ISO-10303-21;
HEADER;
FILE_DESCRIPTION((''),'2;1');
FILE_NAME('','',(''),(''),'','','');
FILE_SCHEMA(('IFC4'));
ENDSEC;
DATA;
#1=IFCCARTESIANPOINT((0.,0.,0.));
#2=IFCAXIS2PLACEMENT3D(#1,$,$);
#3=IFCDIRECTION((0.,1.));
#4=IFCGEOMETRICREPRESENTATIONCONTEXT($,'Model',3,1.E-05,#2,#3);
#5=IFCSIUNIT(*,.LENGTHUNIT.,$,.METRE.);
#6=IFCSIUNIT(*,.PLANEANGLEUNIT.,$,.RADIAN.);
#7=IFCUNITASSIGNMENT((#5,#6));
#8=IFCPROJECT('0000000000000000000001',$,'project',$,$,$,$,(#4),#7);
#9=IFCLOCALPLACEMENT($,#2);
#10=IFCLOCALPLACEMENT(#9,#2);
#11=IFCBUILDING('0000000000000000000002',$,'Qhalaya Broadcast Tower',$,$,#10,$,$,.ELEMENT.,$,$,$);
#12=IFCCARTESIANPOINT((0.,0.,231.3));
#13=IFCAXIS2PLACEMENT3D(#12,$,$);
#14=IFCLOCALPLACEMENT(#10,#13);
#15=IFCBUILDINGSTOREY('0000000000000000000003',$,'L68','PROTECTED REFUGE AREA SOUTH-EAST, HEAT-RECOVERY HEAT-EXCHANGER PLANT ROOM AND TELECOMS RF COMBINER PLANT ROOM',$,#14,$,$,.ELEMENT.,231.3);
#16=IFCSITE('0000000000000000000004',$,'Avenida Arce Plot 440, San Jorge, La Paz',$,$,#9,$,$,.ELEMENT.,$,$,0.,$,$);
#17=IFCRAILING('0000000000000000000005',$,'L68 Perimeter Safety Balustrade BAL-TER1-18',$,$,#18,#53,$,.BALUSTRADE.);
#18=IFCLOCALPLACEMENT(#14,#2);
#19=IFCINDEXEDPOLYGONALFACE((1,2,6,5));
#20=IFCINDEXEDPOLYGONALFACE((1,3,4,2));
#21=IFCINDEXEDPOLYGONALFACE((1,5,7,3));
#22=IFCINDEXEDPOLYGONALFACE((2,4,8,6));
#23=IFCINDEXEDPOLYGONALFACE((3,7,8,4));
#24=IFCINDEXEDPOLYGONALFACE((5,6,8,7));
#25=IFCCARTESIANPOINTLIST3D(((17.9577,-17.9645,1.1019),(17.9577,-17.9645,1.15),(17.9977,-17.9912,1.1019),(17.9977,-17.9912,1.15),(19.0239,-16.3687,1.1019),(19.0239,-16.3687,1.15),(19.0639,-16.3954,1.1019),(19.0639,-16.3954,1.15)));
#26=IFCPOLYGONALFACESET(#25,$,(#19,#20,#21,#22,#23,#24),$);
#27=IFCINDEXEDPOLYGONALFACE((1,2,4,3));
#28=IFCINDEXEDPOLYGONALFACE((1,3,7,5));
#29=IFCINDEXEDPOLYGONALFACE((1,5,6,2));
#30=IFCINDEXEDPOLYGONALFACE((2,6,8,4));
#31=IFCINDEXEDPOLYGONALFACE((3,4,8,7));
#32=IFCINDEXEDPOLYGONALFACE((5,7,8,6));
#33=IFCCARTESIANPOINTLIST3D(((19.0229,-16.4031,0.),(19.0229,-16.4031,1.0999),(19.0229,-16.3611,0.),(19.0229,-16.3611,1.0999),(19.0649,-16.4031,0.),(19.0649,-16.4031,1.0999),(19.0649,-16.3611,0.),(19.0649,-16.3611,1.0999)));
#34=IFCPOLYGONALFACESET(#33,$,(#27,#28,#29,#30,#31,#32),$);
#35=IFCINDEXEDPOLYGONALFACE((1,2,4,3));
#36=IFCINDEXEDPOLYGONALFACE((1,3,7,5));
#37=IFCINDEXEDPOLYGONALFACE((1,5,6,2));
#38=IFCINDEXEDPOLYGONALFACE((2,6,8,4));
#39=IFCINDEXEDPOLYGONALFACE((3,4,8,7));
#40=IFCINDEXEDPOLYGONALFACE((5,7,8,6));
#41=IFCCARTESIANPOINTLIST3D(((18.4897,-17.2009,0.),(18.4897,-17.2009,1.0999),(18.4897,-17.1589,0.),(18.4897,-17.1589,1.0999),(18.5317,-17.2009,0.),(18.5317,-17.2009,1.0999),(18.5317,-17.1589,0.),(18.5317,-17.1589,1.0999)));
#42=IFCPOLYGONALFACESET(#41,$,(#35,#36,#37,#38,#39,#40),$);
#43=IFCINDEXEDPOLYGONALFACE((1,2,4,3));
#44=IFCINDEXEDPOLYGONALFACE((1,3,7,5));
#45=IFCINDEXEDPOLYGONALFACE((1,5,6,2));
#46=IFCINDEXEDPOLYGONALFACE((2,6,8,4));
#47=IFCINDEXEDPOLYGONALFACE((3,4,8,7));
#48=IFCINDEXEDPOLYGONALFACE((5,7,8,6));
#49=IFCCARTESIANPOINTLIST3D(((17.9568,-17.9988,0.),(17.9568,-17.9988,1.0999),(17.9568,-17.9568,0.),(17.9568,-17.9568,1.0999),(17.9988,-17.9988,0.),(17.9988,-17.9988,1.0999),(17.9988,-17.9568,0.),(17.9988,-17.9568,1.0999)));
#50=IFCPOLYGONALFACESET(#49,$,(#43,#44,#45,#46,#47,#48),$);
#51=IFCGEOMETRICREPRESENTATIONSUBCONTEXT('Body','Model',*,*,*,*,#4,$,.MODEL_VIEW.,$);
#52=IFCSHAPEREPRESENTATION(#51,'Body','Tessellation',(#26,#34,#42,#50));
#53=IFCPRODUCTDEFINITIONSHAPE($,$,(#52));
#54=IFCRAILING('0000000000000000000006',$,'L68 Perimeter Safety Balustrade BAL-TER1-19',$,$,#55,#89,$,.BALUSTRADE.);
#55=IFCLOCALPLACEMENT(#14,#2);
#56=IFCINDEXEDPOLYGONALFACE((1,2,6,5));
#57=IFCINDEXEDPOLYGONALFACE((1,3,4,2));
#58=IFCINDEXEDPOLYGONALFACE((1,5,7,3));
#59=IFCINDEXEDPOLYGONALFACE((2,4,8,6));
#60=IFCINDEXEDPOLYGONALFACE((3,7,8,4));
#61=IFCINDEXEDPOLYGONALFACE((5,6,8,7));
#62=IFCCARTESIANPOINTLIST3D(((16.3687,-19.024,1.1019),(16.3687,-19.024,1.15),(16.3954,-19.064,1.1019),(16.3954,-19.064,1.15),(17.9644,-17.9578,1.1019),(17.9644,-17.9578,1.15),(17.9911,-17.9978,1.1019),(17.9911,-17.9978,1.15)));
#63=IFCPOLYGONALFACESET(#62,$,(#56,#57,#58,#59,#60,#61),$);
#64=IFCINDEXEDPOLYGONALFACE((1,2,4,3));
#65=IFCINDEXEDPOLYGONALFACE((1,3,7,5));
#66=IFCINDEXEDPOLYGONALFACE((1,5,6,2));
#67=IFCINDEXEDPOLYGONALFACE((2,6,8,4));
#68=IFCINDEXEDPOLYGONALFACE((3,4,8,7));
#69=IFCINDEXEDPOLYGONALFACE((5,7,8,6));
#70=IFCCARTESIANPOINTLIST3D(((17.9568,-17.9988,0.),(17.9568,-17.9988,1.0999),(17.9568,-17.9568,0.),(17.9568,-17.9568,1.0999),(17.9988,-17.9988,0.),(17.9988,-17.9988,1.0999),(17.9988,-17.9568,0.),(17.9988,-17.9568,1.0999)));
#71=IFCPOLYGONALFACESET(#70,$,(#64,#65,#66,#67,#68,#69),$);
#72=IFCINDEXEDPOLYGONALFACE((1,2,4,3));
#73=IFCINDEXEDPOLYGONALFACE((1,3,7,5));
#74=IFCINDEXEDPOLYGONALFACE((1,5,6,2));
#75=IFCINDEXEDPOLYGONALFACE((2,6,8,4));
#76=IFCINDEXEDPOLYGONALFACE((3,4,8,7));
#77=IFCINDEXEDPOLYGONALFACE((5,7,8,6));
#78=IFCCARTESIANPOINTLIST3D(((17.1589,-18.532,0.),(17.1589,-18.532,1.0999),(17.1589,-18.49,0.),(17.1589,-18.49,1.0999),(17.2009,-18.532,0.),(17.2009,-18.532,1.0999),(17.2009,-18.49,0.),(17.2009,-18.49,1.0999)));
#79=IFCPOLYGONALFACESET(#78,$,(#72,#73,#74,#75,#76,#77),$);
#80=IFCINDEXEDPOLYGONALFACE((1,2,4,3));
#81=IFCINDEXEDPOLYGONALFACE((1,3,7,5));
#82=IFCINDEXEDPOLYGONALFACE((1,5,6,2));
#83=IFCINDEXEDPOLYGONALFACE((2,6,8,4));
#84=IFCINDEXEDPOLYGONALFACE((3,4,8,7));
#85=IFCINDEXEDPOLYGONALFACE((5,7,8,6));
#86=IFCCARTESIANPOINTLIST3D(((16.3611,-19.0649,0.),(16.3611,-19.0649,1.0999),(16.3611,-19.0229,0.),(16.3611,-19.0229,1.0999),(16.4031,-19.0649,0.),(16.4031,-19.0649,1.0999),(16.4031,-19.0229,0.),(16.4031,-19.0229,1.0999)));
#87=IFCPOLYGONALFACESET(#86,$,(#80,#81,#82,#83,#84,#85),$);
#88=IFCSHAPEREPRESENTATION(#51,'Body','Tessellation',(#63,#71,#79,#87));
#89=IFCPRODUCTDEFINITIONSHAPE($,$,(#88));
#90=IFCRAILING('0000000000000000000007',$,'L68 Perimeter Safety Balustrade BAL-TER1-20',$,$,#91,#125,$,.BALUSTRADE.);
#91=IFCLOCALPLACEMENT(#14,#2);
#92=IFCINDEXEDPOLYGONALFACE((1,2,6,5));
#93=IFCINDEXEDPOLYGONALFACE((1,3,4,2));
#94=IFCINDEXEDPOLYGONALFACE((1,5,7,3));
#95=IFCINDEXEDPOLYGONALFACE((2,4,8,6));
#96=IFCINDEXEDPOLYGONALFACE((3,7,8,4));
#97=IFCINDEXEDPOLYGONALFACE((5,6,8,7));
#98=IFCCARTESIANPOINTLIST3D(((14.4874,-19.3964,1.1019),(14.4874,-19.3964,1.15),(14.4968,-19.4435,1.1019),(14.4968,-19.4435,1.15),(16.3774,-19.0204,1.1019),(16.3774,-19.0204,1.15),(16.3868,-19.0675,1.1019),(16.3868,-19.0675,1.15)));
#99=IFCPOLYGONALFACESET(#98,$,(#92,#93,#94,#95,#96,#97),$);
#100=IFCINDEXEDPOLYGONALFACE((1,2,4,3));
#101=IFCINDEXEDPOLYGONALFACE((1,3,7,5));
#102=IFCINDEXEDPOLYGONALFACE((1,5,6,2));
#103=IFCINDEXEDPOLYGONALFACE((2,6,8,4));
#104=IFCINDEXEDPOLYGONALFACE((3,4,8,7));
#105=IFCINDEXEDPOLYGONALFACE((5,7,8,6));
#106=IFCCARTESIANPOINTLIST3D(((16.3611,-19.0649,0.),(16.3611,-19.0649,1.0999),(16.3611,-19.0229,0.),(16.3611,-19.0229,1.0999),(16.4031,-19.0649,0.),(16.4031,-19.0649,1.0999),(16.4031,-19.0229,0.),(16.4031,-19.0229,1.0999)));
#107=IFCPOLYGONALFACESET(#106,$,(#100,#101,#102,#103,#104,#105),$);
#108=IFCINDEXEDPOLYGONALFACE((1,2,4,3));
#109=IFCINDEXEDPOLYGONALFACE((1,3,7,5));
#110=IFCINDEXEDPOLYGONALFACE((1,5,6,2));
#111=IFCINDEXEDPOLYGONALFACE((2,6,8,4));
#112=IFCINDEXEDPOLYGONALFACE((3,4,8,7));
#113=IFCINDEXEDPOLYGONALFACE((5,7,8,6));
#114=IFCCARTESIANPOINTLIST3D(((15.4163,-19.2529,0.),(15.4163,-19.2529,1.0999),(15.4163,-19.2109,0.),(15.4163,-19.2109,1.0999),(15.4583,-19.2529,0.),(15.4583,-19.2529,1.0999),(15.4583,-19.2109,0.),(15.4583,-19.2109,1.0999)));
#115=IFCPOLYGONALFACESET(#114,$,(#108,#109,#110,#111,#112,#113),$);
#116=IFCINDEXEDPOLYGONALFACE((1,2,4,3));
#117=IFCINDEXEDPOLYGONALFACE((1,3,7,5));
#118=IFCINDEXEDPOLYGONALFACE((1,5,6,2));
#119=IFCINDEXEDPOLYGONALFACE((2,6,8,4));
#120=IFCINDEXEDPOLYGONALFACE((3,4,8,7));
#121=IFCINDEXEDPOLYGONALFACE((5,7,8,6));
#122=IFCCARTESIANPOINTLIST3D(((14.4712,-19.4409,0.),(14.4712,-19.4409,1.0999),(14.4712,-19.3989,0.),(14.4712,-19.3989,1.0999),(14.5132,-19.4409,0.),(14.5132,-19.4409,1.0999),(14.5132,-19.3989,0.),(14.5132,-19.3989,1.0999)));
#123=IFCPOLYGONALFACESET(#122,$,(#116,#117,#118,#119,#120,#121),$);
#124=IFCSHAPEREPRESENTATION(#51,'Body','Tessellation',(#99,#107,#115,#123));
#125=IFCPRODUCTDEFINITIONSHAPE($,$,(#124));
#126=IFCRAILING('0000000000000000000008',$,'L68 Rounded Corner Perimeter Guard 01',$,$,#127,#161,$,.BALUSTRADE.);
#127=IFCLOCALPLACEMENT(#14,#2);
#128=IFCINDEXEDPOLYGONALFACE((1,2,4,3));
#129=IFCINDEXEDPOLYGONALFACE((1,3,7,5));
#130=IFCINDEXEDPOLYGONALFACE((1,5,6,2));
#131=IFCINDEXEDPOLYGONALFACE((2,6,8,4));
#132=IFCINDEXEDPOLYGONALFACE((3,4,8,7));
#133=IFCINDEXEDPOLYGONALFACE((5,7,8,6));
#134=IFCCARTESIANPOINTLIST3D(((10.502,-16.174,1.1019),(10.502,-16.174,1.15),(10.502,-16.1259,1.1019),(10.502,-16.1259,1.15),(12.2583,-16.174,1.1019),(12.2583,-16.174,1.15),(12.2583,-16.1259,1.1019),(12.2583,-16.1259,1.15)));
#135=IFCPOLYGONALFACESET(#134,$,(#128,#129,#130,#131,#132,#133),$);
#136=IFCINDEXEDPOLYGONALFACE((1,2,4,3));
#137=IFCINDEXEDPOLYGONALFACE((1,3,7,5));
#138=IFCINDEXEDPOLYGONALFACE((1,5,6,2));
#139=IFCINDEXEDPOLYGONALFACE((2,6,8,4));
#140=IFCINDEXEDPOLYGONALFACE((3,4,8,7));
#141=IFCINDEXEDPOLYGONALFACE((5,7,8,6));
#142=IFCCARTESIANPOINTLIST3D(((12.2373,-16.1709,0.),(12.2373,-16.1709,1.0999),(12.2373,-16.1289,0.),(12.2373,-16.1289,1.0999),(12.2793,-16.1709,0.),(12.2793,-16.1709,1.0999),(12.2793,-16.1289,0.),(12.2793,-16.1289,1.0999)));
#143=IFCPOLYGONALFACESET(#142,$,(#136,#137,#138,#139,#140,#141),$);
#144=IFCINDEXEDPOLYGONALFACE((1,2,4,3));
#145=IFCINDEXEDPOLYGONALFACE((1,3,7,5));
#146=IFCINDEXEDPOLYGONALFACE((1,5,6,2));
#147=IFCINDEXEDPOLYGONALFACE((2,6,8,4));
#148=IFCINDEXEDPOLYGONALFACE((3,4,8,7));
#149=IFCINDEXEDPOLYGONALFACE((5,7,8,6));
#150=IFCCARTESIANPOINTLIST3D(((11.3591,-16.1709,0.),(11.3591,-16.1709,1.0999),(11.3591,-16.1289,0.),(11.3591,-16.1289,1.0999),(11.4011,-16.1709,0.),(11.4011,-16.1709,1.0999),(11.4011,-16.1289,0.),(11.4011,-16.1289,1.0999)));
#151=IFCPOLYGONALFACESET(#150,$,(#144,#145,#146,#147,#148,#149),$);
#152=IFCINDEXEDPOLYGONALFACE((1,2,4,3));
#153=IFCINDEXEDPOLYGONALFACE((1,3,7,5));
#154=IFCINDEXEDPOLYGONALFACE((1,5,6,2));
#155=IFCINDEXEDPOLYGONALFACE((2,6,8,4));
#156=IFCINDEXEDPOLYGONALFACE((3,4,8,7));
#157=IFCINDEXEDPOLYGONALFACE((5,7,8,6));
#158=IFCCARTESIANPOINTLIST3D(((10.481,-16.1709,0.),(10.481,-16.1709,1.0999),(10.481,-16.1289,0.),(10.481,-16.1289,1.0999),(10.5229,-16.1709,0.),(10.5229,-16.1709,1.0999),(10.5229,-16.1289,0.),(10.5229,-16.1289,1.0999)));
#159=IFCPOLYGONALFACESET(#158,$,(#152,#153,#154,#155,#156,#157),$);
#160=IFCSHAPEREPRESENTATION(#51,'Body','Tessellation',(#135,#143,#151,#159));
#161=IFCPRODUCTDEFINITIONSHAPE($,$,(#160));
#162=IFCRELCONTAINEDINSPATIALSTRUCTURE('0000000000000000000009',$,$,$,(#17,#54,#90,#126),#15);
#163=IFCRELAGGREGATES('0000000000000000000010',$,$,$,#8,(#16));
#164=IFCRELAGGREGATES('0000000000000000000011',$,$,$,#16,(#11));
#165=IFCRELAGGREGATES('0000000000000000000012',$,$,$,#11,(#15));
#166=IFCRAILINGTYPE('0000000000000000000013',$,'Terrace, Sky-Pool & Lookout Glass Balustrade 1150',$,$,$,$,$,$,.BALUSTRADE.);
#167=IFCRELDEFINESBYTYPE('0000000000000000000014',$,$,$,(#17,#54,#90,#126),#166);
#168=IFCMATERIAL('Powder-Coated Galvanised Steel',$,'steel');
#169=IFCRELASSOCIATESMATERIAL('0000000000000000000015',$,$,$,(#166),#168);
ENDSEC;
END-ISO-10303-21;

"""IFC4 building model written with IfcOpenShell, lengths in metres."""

from ifc_helpers import new_model, si_unit, direction, frame, origin, origin_2d, place, context, subcontext, project, spatial, rectangle, extrude, material, type_object, element, save


model = new_model("IFC4")

# Units and contexts
model_context = context("Model", 3, precision=1e-05, world=origin(), true_north=direction((0.0, 1.0)))
body_context = subcontext(model_context, "Body", "Model", "MODEL_VIEW")
ifc_project = project(units=[si_unit("LENGTHUNIT", "METRE"), si_unit("PLANEANGLEUNIT", "RADIAN")], contexts=[model_context])

# Site, building, storey
site_placement = place(None, origin())
site = spatial("IfcSite", under=ifc_project, at=site_placement, Name="Avenida Arce Plot 440, San Jorge, La Paz", CompositionType="ELEMENT", RefElevation=0.0)
building_placement = place(site_placement, origin())
building = spatial("IfcBuilding", under=site, at=building_placement, Name="Qhalaya Broadcast Tower", CompositionType="ELEMENT")
storey_placement = place(building_placement, frame((0.0, 0.0, 231.3)))
storey = spatial("IfcBuildingStorey", under=building, at=storey_placement, Name="L68", Description="PROTECTED REFUGE AREA SOUTH-EAST, HEAT-RECOVERY HEAT-EXCHANGER PLANT ROOM AND TELECOMS RF COMBINER PLANT ROOM", CompositionType="ELEMENT", Elevation=231.3)

# Railings
ifc_material_1 = material(Name="Powder-Coated Galvanised Steel", Category="steel")
railing_type = type_object("IfcRailingType", Name="Terrace, Sky-Pool & Lookout Glass Balustrade 1150", PredefinedType="BALUSTRADE", material=ifc_material_1)
railing_1_placement = place(storey_placement, frame((19.0439, -16.3821, 0.0)))
element("IfcRailing", 1, at=railing_1_placement, inside=storey, type_object=railing_type, Name="L68 Perimeter Safety Balustrade BAL-TER1-18", PredefinedType="BALUSTRADE", context=body_context, shape_type="SweptSolid", body=[
    extrude(rectangle(XDim=0.0481, YDim=0.0481, at=origin_2d()), frame((0.0, 0.0, 1.126), z_axis=(-0.555551, -0.831482, 0.0), x_axis=(0.831482, -0.555551, 0.0)), (0.0, 0.0, 1.0), 1.9192),
    extrude(rectangle(XDim=0.042, YDim=0.042, at=origin_2d()), origin(), (0.0, 0.0, 1.0), 1.0999),
    extrude(rectangle(XDim=0.042, YDim=0.042, at=origin_2d()), frame((-0.5332, -0.7979, 0.0)), (0.0, 0.0, 1.0), 1.0999),
    extrude(rectangle(XDim=0.042, YDim=0.042, at=origin_2d()), frame((-1.0662, -1.5957, 0.0)), (0.0, 0.0, 1.0), 1.0999),
])
railing_2_placement = place(storey_placement, frame((17.9778, -17.9778, 0.0)))
element("IfcRailing", 2, at=railing_2_placement, inside=storey, type_object=railing_type, Name="L68 Perimeter Safety Balustrade BAL-TER1-19", PredefinedType="BALUSTRADE", context=body_context, shape_type="SweptSolid", body=[
    extrude(rectangle(XDim=0.0481, YDim=0.0481, at=origin_2d()), frame((0.0, 0.0, 1.126), z_axis=(-0.831482, -0.555551, 0.0), x_axis=(0.555551, -0.831482, 0.0)), (0.0, 0.0, 1.0), 1.9192),
    extrude(rectangle(XDim=0.042, YDim=0.042, at=origin_2d()), origin(), (0.0, 0.0, 1.0), 1.0999),
    extrude(rectangle(XDim=0.042, YDim=0.042, at=origin_2d()), frame((-0.7979, -0.5332, 0.0)), (0.0, 0.0, 1.0), 1.0999),
    extrude(rectangle(XDim=0.042, YDim=0.042, at=origin_2d()), frame((-1.5957, -1.0662, 0.0)), (0.0, 0.0, 1.0), 1.0999),
])
railing_3_placement = place(storey_placement, frame((16.3821, -19.0439, 0.0)))
element("IfcRailing", 3, at=railing_3_placement, inside=storey, type_object=railing_type, Name="L68 Perimeter Safety Balustrade BAL-TER1-20", PredefinedType="BALUSTRADE", context=body_context, shape_type="SweptSolid", body=[
    extrude(rectangle(XDim=0.0481, YDim=0.0481, at=origin_2d()), frame((0.0, 0.0, 1.126), z_axis=(-0.98078, -0.195117, 0.0), x_axis=(0.195117, -0.98078, 0.0)), (0.0, 0.0, 1.0), 1.927),
    extrude(rectangle(XDim=0.042, YDim=0.042, at=origin_2d()), origin(), (0.0, 0.0, 1.0), 1.0999),
    extrude(rectangle(XDim=0.042, YDim=0.042, at=origin_2d()), frame((-0.9448, -0.188, 0.0)), (0.0, 0.0, 1.0), 1.0999),
    extrude(rectangle(XDim=0.042, YDim=0.042, at=origin_2d()), frame((-1.8899, -0.376, 0.0)), (0.0, 0.0, 1.0), 1.0999),
])
railing_4_placement = place(storey_placement, frame((12.2583, -16.1499, 0.0)))
element("IfcRailing", 4, at=railing_4_placement, inside=storey, type_object=railing_type, Name="L68 Rounded Corner Perimeter Guard 01", PredefinedType="BALUSTRADE", context=body_context, shape_type="SweptSolid", body=[
    extrude(rectangle(XDim=0.0481, YDim=0.0481, at=origin_2d()), frame((0.0, 0.0, 1.126), z_axis=(-1.0, 0.0, 0.0), x_axis=(0.0, -1.0, 0.0)), (0.0, 0.0, 1.0), 1.7563),
    extrude(rectangle(XDim=0.042, YDim=0.042, at=origin_2d()), origin(), (0.0, 0.0, 1.0), 1.0999),
    extrude(rectangle(XDim=0.042, YDim=0.042, at=origin_2d()), frame((-0.8782, 0.0, 0.0)), (0.0, 0.0, 1.0), 1.0999),
    extrude(rectangle(XDim=0.042, YDim=0.042, at=origin_2d()), frame((-1.7563, 0.0, 0.0)), (0.0, 0.0, 1.0), 1.0999),
])

save(model, "model.ifc")
